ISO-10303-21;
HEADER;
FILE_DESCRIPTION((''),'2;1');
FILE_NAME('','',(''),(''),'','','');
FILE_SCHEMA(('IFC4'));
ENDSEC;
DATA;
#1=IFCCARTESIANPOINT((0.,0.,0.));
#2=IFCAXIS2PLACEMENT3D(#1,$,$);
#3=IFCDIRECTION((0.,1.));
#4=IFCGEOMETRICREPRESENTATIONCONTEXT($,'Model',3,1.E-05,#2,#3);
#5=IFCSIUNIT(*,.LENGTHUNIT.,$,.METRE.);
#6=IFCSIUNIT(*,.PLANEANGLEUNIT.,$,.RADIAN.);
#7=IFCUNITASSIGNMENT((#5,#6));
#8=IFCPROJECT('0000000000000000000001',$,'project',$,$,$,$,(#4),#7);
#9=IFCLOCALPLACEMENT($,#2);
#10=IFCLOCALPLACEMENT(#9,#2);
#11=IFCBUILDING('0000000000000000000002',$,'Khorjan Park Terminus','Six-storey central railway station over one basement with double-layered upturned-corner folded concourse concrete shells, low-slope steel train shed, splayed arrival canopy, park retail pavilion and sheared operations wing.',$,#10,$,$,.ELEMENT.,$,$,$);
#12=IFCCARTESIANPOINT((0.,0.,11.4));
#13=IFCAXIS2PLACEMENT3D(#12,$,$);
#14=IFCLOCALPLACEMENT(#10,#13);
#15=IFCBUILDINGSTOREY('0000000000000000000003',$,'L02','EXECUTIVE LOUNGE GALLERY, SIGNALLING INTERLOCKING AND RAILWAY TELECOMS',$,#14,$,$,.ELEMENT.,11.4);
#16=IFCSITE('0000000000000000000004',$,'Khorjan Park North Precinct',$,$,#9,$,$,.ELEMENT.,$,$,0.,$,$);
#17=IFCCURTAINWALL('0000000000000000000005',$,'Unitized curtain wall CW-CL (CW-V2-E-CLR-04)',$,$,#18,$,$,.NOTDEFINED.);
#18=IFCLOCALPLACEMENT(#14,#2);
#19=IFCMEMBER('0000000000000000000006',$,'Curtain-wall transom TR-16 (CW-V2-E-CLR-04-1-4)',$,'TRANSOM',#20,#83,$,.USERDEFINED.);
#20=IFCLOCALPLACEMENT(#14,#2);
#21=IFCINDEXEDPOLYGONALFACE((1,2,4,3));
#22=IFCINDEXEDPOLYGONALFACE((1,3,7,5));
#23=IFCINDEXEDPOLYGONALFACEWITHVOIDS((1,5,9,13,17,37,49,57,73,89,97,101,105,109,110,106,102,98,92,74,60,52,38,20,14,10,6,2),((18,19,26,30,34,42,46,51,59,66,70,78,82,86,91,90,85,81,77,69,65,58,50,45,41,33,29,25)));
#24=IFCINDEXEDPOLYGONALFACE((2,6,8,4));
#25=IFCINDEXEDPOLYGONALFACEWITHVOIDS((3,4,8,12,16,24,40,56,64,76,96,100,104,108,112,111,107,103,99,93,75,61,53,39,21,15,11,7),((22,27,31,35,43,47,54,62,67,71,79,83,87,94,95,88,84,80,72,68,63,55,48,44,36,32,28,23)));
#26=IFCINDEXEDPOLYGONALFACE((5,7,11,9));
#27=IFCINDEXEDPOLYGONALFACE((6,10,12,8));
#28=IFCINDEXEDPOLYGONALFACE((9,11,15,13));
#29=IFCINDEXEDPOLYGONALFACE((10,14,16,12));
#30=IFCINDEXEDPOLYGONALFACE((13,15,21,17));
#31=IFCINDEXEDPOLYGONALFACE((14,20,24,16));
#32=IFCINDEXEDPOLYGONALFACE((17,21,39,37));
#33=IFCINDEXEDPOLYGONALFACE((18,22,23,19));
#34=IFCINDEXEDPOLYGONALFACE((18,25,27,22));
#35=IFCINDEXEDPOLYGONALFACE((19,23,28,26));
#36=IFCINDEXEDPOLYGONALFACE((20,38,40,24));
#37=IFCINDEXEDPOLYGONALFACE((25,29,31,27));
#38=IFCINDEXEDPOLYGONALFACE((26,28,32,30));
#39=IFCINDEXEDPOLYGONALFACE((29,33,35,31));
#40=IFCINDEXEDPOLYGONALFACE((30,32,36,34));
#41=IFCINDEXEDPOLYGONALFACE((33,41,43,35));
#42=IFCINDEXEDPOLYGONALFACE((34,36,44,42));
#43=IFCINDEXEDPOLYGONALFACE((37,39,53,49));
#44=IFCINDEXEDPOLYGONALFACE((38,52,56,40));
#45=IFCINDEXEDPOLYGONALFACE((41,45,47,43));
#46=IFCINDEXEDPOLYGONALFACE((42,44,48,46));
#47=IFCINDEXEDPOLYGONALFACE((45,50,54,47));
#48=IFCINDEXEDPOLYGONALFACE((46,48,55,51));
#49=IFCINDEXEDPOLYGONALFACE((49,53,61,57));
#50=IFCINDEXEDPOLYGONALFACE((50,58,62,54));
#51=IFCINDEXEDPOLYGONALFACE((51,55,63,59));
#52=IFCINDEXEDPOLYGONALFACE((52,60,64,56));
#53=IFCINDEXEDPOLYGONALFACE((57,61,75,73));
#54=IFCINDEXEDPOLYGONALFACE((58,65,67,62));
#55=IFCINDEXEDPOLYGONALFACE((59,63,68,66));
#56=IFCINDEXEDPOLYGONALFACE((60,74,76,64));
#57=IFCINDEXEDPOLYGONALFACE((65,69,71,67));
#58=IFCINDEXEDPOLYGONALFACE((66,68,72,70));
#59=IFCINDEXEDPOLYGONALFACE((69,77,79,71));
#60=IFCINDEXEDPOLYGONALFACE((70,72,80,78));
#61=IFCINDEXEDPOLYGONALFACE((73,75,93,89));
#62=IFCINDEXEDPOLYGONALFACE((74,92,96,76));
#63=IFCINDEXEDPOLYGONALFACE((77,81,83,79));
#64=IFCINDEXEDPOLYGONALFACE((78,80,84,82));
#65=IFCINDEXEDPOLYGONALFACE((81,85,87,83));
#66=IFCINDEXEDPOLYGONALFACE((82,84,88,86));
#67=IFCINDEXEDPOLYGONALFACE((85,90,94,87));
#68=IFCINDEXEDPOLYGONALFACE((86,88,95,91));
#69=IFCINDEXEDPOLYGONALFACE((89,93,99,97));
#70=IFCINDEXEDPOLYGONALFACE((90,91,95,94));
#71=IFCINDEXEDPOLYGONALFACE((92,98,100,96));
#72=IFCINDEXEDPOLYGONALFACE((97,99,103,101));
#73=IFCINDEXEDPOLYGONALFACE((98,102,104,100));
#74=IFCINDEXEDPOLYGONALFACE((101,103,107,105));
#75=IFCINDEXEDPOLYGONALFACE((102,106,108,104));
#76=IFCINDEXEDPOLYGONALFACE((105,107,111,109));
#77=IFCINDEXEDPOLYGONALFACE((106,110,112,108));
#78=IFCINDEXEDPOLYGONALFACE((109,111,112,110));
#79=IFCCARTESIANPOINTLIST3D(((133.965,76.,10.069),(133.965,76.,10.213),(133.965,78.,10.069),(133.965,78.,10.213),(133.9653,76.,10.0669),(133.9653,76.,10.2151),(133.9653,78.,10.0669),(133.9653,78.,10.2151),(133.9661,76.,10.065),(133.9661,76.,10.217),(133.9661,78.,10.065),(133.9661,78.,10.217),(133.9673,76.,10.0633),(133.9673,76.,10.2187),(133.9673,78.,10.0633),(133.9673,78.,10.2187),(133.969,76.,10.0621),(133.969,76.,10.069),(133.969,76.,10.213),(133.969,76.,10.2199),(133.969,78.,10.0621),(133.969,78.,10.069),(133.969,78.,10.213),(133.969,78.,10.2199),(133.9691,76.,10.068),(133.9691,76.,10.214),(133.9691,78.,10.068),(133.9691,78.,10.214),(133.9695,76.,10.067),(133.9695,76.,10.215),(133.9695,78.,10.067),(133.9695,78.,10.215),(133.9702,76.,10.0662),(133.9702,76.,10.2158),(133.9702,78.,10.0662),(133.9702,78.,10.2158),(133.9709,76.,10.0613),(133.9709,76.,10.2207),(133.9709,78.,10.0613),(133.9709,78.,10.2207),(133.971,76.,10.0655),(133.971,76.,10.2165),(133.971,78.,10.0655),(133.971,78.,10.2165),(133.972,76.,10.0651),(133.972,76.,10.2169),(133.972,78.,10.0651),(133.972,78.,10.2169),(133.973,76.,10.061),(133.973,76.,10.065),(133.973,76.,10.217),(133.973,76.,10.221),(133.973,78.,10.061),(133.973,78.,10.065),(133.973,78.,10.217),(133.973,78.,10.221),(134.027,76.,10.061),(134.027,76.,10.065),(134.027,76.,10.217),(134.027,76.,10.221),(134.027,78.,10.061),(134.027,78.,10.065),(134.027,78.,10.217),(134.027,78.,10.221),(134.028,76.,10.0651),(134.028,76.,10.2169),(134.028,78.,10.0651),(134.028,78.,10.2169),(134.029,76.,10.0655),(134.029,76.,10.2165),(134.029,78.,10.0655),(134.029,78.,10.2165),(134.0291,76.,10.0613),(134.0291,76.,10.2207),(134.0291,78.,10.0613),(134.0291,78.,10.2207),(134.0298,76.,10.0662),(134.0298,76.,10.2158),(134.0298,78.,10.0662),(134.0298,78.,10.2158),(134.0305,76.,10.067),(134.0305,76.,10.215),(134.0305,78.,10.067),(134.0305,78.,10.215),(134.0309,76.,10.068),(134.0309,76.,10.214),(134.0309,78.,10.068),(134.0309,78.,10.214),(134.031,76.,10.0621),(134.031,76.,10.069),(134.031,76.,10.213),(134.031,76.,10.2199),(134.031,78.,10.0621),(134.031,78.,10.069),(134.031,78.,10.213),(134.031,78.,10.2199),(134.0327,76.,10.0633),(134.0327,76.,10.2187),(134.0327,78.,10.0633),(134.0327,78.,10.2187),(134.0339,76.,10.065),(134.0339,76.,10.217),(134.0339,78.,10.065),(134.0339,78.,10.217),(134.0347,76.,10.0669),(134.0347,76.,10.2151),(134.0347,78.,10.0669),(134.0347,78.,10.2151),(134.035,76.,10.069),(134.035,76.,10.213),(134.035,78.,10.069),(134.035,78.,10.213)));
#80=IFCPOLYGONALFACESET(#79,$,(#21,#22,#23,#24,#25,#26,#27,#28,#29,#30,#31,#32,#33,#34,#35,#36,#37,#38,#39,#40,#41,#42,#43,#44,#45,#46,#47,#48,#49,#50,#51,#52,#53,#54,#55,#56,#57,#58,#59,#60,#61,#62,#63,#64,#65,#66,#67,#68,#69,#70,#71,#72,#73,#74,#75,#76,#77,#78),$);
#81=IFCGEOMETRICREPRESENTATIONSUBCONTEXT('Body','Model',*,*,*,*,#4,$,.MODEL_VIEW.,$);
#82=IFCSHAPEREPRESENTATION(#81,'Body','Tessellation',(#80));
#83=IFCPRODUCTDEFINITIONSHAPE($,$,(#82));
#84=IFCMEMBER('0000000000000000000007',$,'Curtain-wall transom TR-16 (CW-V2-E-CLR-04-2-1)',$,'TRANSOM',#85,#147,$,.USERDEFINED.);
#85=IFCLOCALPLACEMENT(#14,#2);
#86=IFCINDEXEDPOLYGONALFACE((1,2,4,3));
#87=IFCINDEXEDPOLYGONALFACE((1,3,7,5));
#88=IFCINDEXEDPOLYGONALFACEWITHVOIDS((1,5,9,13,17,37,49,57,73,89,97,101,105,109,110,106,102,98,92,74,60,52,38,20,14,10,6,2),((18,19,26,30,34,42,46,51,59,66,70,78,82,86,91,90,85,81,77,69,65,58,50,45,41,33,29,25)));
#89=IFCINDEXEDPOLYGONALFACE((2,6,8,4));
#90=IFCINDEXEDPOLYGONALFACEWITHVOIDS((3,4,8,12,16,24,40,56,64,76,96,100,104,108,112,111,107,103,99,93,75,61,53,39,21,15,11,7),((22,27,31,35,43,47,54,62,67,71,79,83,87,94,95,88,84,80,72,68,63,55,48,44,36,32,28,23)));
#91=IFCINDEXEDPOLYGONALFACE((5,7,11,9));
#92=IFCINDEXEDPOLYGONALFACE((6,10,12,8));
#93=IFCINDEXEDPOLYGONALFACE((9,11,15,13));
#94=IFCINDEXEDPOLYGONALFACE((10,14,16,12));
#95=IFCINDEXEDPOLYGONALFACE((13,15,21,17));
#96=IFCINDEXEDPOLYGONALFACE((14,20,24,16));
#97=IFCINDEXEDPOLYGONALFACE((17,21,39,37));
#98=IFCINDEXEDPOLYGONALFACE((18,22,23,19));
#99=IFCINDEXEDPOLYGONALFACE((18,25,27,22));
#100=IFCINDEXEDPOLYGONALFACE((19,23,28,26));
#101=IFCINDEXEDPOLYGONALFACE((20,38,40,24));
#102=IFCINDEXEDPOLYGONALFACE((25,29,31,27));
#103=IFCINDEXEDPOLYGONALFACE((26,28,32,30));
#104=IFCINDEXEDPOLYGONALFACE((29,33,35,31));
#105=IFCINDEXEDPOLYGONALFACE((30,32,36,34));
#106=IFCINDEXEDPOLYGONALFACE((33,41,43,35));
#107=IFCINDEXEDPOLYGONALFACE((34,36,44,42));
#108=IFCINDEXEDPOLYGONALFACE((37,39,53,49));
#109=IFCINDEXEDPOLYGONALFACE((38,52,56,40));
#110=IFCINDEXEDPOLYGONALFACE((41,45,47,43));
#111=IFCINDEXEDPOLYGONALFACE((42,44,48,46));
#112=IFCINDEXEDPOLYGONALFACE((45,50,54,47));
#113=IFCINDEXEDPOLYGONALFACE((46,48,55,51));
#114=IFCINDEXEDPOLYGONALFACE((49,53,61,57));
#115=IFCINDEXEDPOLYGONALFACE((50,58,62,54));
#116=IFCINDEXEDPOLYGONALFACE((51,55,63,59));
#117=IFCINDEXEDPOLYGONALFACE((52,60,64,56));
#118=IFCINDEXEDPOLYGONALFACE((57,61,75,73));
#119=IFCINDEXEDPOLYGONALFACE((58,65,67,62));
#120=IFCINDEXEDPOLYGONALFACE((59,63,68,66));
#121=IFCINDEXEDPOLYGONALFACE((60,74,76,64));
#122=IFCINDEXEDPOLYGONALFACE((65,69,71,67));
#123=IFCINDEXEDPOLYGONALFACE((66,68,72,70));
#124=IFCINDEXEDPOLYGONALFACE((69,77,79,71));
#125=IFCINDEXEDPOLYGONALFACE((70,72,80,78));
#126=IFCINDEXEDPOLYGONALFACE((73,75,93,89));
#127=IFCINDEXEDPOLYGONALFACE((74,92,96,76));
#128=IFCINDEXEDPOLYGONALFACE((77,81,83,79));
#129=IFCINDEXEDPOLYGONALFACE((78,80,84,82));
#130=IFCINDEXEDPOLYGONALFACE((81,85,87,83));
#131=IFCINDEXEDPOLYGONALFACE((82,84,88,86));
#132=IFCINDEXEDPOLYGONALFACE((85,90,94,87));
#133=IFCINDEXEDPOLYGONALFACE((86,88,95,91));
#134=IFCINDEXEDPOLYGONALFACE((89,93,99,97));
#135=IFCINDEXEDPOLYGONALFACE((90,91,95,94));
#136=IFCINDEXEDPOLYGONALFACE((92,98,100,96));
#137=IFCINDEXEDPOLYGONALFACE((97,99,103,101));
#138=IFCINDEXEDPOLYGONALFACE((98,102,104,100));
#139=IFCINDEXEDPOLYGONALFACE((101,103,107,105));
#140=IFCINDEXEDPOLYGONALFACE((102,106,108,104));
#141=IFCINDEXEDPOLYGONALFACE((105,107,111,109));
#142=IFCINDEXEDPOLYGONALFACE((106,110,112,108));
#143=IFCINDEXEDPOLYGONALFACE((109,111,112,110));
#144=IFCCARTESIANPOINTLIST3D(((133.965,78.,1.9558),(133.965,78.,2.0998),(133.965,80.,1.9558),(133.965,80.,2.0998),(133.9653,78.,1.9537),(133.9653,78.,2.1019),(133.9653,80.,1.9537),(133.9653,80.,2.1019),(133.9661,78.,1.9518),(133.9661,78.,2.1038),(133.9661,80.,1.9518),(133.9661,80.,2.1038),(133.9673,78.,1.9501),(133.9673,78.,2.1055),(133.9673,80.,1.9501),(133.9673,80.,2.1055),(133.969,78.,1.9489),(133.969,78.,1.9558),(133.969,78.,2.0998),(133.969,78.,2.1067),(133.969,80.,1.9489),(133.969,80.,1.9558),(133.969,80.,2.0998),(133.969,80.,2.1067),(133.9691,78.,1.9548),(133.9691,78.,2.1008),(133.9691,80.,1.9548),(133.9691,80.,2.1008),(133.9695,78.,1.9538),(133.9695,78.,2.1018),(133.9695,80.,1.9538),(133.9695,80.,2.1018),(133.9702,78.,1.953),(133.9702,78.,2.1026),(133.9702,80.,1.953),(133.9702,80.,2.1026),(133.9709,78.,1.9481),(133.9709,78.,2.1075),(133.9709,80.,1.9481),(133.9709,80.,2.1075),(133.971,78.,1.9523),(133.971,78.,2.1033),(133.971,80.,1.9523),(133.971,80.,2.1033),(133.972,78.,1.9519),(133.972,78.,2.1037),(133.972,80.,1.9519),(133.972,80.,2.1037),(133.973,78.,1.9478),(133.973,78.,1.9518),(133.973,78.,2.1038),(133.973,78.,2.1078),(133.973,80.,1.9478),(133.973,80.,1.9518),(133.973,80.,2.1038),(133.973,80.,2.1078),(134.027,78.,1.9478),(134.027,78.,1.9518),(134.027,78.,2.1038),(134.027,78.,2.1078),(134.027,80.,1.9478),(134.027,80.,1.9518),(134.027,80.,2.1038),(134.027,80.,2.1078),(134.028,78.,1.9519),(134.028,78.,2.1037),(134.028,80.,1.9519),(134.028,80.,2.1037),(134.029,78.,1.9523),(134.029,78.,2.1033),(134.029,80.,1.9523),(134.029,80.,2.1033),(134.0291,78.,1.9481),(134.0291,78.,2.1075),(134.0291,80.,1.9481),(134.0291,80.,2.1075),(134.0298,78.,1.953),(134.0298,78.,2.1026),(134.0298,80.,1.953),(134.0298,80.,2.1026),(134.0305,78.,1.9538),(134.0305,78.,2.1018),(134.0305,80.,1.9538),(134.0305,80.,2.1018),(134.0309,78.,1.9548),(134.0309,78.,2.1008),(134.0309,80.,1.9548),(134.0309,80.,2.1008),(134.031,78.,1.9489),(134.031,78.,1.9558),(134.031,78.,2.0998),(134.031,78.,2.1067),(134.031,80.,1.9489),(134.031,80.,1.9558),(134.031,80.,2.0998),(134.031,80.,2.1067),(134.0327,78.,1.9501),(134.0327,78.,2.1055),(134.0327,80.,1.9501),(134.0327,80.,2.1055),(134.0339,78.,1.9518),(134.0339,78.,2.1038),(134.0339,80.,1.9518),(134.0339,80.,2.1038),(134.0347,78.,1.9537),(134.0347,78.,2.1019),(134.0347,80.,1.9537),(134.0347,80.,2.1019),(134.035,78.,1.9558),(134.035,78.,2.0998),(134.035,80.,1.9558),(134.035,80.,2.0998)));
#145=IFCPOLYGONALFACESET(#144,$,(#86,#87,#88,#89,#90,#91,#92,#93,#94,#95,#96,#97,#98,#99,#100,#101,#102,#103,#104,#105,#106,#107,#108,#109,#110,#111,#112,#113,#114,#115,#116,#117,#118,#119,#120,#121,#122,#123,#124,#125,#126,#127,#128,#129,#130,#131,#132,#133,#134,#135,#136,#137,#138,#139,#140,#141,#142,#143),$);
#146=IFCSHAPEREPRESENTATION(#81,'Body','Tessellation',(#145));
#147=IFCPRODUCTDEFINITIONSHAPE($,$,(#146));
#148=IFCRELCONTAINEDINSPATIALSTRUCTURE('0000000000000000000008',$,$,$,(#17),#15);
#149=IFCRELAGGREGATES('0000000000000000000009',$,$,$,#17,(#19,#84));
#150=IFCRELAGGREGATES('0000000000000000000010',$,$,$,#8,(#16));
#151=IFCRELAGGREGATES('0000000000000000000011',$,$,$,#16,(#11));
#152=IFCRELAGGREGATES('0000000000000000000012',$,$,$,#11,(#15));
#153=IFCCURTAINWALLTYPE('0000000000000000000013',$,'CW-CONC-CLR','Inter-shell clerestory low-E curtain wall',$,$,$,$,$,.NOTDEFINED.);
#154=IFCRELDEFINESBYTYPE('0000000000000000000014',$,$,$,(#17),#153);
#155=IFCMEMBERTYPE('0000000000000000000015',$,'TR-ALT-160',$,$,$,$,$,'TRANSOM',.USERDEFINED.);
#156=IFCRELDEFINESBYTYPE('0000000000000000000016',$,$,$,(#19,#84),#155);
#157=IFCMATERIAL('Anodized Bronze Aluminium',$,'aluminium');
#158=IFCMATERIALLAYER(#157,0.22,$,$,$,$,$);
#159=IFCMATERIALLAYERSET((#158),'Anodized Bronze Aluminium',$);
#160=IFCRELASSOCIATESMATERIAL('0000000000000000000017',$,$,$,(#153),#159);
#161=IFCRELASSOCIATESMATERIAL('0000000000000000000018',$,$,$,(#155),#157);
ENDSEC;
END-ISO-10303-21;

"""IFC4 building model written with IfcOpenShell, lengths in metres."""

from ifc_helpers import new_model, si_unit, direction, frame, origin, origin_2d, place, context, subcontext, project, spatial, hollow_rectangle, extrude, material, layer, layer_set, material_profile, profile_set, type_object, element, aggregate, save


model = new_model("IFC4")

# Units and contexts
model_context = context("Model", 3, precision=1e-05, world=origin(), true_north=direction((0.0, 1.0)))
body_context = subcontext(model_context, "Body", "Model", "MODEL_VIEW")
ifc_project = project(units=[si_unit("LENGTHUNIT", "METRE"), si_unit("PLANEANGLEUNIT", "RADIAN")], contexts=[model_context])

# Site, building, storey
site_placement = place(None, origin())
site = spatial("IfcSite", under=ifc_project, at=site_placement, Name="Khorjan Park North Precinct", CompositionType="ELEMENT", RefElevation=0.0)
building_placement = place(site_placement, origin())
building = spatial("IfcBuilding", under=site, at=building_placement, Name="Khorjan Park Terminus", Description="Six-storey central railway station over one basement with double-layered upturned-corner folded concourse concrete shells, low-slope steel train shed, splayed arrival canopy, park retail pavilion and sheared operations wing.", CompositionType="ELEMENT")
storey_placement = place(building_placement, frame((0.0, 0.0, 11.4)))
storey = spatial("IfcBuildingStorey", under=building, at=storey_placement, Name="L02", Description="EXECUTIVE LOUNGE GALLERY, SIGNALLING INTERLOCKING AND RAILWAY TELECOMS", CompositionType="ELEMENT", Elevation=11.4)

# Curtain wall, members
ifc_material_1 = material(Name="Anodized Bronze Aluminium", Category="aluminium")
ifc_layer_1 = layer(ifc_material_1, 0.22)
ifc_layer_set_1 = layer_set([ifc_layer_1], Name="Anodized Bronze Aluminium")
curtain_wall_type = type_object("IfcCurtainWallType", Name="CW-CONC-CLR", Description="Inter-shell clerestory low-E curtain wall", PredefinedType="NOTDEFINED", material=ifc_layer_set_1)
curtain_wall_placement = place(storey_placement, origin())
curtain_wall = element("IfcCurtainWall", 1, at=curtain_wall_placement, inside=storey, type_object=curtain_wall_type, Name="Unitized curtain wall CW-CL (CW-V2-E-CLR-04)", PredefinedType="NOTDEFINED")
ifc_material_profile_1 = material_profile(ifc_material_1, hollow_rectangle(XDim=0.07, YDim=0.16, WallThickness=0.004, InnerFilletRadius=0.004, OuterFilletRadius=0.008, at=origin_2d()), Name="ALT 70x160x4")
ifc_profile_set_1 = profile_set([ifc_material_profile_1], Name="Anodized Bronze Aluminium")
member_type_1 = type_object("IfcMemberType", Name="TR-ALT-160", ElementType="TRANSOM", PredefinedType="USERDEFINED", material=ifc_profile_set_1)
member_1_placement = place(storey_placement, frame((134.0, 76.0, 10.141), z_axis=(0.0, 1.0, 0.0), x_axis=(-1.0, 0.0, 0.0)))
member_1 = element("IfcMember", 2, at=member_1_placement, type_object=member_type_1, Name="Curtain-wall transom TR-16 (CW-V2-E-CLR-04-1-4)", ObjectType="TRANSOM", PredefinedType="USERDEFINED", context=body_context, shape_type="SweptSolid", body=[
    extrude(hollow_rectangle(XDim=0.07, YDim=0.16, WallThickness=0.004, InnerFilletRadius=0.004, OuterFilletRadius=0.008, at=origin_2d()), origin(), (0.0, 0.0, 1.0), 2.0),
])
member_2_placement = place(storey_placement, frame((134.0, 78.0, 2.0278), z_axis=(0.0, 1.0, 0.0), x_axis=(-1.0, 0.0, 0.0)))
member_2 = element("IfcMember", 3, at=member_2_placement, type_object=member_type_1, Name="Curtain-wall transom TR-16 (CW-V2-E-CLR-04-2-1)", ObjectType="TRANSOM", PredefinedType="USERDEFINED", context=body_context, shape_type="SweptSolid", body=[
    extrude(hollow_rectangle(XDim=0.07, YDim=0.16, WallThickness=0.004, InnerFilletRadius=0.004, OuterFilletRadius=0.008, at=origin_2d()), origin(), (0.0, 0.0, 1.0), 2.0),
])

aggregate(curtain_wall, [member_1, member_2])

save(model, "model.ifc")
